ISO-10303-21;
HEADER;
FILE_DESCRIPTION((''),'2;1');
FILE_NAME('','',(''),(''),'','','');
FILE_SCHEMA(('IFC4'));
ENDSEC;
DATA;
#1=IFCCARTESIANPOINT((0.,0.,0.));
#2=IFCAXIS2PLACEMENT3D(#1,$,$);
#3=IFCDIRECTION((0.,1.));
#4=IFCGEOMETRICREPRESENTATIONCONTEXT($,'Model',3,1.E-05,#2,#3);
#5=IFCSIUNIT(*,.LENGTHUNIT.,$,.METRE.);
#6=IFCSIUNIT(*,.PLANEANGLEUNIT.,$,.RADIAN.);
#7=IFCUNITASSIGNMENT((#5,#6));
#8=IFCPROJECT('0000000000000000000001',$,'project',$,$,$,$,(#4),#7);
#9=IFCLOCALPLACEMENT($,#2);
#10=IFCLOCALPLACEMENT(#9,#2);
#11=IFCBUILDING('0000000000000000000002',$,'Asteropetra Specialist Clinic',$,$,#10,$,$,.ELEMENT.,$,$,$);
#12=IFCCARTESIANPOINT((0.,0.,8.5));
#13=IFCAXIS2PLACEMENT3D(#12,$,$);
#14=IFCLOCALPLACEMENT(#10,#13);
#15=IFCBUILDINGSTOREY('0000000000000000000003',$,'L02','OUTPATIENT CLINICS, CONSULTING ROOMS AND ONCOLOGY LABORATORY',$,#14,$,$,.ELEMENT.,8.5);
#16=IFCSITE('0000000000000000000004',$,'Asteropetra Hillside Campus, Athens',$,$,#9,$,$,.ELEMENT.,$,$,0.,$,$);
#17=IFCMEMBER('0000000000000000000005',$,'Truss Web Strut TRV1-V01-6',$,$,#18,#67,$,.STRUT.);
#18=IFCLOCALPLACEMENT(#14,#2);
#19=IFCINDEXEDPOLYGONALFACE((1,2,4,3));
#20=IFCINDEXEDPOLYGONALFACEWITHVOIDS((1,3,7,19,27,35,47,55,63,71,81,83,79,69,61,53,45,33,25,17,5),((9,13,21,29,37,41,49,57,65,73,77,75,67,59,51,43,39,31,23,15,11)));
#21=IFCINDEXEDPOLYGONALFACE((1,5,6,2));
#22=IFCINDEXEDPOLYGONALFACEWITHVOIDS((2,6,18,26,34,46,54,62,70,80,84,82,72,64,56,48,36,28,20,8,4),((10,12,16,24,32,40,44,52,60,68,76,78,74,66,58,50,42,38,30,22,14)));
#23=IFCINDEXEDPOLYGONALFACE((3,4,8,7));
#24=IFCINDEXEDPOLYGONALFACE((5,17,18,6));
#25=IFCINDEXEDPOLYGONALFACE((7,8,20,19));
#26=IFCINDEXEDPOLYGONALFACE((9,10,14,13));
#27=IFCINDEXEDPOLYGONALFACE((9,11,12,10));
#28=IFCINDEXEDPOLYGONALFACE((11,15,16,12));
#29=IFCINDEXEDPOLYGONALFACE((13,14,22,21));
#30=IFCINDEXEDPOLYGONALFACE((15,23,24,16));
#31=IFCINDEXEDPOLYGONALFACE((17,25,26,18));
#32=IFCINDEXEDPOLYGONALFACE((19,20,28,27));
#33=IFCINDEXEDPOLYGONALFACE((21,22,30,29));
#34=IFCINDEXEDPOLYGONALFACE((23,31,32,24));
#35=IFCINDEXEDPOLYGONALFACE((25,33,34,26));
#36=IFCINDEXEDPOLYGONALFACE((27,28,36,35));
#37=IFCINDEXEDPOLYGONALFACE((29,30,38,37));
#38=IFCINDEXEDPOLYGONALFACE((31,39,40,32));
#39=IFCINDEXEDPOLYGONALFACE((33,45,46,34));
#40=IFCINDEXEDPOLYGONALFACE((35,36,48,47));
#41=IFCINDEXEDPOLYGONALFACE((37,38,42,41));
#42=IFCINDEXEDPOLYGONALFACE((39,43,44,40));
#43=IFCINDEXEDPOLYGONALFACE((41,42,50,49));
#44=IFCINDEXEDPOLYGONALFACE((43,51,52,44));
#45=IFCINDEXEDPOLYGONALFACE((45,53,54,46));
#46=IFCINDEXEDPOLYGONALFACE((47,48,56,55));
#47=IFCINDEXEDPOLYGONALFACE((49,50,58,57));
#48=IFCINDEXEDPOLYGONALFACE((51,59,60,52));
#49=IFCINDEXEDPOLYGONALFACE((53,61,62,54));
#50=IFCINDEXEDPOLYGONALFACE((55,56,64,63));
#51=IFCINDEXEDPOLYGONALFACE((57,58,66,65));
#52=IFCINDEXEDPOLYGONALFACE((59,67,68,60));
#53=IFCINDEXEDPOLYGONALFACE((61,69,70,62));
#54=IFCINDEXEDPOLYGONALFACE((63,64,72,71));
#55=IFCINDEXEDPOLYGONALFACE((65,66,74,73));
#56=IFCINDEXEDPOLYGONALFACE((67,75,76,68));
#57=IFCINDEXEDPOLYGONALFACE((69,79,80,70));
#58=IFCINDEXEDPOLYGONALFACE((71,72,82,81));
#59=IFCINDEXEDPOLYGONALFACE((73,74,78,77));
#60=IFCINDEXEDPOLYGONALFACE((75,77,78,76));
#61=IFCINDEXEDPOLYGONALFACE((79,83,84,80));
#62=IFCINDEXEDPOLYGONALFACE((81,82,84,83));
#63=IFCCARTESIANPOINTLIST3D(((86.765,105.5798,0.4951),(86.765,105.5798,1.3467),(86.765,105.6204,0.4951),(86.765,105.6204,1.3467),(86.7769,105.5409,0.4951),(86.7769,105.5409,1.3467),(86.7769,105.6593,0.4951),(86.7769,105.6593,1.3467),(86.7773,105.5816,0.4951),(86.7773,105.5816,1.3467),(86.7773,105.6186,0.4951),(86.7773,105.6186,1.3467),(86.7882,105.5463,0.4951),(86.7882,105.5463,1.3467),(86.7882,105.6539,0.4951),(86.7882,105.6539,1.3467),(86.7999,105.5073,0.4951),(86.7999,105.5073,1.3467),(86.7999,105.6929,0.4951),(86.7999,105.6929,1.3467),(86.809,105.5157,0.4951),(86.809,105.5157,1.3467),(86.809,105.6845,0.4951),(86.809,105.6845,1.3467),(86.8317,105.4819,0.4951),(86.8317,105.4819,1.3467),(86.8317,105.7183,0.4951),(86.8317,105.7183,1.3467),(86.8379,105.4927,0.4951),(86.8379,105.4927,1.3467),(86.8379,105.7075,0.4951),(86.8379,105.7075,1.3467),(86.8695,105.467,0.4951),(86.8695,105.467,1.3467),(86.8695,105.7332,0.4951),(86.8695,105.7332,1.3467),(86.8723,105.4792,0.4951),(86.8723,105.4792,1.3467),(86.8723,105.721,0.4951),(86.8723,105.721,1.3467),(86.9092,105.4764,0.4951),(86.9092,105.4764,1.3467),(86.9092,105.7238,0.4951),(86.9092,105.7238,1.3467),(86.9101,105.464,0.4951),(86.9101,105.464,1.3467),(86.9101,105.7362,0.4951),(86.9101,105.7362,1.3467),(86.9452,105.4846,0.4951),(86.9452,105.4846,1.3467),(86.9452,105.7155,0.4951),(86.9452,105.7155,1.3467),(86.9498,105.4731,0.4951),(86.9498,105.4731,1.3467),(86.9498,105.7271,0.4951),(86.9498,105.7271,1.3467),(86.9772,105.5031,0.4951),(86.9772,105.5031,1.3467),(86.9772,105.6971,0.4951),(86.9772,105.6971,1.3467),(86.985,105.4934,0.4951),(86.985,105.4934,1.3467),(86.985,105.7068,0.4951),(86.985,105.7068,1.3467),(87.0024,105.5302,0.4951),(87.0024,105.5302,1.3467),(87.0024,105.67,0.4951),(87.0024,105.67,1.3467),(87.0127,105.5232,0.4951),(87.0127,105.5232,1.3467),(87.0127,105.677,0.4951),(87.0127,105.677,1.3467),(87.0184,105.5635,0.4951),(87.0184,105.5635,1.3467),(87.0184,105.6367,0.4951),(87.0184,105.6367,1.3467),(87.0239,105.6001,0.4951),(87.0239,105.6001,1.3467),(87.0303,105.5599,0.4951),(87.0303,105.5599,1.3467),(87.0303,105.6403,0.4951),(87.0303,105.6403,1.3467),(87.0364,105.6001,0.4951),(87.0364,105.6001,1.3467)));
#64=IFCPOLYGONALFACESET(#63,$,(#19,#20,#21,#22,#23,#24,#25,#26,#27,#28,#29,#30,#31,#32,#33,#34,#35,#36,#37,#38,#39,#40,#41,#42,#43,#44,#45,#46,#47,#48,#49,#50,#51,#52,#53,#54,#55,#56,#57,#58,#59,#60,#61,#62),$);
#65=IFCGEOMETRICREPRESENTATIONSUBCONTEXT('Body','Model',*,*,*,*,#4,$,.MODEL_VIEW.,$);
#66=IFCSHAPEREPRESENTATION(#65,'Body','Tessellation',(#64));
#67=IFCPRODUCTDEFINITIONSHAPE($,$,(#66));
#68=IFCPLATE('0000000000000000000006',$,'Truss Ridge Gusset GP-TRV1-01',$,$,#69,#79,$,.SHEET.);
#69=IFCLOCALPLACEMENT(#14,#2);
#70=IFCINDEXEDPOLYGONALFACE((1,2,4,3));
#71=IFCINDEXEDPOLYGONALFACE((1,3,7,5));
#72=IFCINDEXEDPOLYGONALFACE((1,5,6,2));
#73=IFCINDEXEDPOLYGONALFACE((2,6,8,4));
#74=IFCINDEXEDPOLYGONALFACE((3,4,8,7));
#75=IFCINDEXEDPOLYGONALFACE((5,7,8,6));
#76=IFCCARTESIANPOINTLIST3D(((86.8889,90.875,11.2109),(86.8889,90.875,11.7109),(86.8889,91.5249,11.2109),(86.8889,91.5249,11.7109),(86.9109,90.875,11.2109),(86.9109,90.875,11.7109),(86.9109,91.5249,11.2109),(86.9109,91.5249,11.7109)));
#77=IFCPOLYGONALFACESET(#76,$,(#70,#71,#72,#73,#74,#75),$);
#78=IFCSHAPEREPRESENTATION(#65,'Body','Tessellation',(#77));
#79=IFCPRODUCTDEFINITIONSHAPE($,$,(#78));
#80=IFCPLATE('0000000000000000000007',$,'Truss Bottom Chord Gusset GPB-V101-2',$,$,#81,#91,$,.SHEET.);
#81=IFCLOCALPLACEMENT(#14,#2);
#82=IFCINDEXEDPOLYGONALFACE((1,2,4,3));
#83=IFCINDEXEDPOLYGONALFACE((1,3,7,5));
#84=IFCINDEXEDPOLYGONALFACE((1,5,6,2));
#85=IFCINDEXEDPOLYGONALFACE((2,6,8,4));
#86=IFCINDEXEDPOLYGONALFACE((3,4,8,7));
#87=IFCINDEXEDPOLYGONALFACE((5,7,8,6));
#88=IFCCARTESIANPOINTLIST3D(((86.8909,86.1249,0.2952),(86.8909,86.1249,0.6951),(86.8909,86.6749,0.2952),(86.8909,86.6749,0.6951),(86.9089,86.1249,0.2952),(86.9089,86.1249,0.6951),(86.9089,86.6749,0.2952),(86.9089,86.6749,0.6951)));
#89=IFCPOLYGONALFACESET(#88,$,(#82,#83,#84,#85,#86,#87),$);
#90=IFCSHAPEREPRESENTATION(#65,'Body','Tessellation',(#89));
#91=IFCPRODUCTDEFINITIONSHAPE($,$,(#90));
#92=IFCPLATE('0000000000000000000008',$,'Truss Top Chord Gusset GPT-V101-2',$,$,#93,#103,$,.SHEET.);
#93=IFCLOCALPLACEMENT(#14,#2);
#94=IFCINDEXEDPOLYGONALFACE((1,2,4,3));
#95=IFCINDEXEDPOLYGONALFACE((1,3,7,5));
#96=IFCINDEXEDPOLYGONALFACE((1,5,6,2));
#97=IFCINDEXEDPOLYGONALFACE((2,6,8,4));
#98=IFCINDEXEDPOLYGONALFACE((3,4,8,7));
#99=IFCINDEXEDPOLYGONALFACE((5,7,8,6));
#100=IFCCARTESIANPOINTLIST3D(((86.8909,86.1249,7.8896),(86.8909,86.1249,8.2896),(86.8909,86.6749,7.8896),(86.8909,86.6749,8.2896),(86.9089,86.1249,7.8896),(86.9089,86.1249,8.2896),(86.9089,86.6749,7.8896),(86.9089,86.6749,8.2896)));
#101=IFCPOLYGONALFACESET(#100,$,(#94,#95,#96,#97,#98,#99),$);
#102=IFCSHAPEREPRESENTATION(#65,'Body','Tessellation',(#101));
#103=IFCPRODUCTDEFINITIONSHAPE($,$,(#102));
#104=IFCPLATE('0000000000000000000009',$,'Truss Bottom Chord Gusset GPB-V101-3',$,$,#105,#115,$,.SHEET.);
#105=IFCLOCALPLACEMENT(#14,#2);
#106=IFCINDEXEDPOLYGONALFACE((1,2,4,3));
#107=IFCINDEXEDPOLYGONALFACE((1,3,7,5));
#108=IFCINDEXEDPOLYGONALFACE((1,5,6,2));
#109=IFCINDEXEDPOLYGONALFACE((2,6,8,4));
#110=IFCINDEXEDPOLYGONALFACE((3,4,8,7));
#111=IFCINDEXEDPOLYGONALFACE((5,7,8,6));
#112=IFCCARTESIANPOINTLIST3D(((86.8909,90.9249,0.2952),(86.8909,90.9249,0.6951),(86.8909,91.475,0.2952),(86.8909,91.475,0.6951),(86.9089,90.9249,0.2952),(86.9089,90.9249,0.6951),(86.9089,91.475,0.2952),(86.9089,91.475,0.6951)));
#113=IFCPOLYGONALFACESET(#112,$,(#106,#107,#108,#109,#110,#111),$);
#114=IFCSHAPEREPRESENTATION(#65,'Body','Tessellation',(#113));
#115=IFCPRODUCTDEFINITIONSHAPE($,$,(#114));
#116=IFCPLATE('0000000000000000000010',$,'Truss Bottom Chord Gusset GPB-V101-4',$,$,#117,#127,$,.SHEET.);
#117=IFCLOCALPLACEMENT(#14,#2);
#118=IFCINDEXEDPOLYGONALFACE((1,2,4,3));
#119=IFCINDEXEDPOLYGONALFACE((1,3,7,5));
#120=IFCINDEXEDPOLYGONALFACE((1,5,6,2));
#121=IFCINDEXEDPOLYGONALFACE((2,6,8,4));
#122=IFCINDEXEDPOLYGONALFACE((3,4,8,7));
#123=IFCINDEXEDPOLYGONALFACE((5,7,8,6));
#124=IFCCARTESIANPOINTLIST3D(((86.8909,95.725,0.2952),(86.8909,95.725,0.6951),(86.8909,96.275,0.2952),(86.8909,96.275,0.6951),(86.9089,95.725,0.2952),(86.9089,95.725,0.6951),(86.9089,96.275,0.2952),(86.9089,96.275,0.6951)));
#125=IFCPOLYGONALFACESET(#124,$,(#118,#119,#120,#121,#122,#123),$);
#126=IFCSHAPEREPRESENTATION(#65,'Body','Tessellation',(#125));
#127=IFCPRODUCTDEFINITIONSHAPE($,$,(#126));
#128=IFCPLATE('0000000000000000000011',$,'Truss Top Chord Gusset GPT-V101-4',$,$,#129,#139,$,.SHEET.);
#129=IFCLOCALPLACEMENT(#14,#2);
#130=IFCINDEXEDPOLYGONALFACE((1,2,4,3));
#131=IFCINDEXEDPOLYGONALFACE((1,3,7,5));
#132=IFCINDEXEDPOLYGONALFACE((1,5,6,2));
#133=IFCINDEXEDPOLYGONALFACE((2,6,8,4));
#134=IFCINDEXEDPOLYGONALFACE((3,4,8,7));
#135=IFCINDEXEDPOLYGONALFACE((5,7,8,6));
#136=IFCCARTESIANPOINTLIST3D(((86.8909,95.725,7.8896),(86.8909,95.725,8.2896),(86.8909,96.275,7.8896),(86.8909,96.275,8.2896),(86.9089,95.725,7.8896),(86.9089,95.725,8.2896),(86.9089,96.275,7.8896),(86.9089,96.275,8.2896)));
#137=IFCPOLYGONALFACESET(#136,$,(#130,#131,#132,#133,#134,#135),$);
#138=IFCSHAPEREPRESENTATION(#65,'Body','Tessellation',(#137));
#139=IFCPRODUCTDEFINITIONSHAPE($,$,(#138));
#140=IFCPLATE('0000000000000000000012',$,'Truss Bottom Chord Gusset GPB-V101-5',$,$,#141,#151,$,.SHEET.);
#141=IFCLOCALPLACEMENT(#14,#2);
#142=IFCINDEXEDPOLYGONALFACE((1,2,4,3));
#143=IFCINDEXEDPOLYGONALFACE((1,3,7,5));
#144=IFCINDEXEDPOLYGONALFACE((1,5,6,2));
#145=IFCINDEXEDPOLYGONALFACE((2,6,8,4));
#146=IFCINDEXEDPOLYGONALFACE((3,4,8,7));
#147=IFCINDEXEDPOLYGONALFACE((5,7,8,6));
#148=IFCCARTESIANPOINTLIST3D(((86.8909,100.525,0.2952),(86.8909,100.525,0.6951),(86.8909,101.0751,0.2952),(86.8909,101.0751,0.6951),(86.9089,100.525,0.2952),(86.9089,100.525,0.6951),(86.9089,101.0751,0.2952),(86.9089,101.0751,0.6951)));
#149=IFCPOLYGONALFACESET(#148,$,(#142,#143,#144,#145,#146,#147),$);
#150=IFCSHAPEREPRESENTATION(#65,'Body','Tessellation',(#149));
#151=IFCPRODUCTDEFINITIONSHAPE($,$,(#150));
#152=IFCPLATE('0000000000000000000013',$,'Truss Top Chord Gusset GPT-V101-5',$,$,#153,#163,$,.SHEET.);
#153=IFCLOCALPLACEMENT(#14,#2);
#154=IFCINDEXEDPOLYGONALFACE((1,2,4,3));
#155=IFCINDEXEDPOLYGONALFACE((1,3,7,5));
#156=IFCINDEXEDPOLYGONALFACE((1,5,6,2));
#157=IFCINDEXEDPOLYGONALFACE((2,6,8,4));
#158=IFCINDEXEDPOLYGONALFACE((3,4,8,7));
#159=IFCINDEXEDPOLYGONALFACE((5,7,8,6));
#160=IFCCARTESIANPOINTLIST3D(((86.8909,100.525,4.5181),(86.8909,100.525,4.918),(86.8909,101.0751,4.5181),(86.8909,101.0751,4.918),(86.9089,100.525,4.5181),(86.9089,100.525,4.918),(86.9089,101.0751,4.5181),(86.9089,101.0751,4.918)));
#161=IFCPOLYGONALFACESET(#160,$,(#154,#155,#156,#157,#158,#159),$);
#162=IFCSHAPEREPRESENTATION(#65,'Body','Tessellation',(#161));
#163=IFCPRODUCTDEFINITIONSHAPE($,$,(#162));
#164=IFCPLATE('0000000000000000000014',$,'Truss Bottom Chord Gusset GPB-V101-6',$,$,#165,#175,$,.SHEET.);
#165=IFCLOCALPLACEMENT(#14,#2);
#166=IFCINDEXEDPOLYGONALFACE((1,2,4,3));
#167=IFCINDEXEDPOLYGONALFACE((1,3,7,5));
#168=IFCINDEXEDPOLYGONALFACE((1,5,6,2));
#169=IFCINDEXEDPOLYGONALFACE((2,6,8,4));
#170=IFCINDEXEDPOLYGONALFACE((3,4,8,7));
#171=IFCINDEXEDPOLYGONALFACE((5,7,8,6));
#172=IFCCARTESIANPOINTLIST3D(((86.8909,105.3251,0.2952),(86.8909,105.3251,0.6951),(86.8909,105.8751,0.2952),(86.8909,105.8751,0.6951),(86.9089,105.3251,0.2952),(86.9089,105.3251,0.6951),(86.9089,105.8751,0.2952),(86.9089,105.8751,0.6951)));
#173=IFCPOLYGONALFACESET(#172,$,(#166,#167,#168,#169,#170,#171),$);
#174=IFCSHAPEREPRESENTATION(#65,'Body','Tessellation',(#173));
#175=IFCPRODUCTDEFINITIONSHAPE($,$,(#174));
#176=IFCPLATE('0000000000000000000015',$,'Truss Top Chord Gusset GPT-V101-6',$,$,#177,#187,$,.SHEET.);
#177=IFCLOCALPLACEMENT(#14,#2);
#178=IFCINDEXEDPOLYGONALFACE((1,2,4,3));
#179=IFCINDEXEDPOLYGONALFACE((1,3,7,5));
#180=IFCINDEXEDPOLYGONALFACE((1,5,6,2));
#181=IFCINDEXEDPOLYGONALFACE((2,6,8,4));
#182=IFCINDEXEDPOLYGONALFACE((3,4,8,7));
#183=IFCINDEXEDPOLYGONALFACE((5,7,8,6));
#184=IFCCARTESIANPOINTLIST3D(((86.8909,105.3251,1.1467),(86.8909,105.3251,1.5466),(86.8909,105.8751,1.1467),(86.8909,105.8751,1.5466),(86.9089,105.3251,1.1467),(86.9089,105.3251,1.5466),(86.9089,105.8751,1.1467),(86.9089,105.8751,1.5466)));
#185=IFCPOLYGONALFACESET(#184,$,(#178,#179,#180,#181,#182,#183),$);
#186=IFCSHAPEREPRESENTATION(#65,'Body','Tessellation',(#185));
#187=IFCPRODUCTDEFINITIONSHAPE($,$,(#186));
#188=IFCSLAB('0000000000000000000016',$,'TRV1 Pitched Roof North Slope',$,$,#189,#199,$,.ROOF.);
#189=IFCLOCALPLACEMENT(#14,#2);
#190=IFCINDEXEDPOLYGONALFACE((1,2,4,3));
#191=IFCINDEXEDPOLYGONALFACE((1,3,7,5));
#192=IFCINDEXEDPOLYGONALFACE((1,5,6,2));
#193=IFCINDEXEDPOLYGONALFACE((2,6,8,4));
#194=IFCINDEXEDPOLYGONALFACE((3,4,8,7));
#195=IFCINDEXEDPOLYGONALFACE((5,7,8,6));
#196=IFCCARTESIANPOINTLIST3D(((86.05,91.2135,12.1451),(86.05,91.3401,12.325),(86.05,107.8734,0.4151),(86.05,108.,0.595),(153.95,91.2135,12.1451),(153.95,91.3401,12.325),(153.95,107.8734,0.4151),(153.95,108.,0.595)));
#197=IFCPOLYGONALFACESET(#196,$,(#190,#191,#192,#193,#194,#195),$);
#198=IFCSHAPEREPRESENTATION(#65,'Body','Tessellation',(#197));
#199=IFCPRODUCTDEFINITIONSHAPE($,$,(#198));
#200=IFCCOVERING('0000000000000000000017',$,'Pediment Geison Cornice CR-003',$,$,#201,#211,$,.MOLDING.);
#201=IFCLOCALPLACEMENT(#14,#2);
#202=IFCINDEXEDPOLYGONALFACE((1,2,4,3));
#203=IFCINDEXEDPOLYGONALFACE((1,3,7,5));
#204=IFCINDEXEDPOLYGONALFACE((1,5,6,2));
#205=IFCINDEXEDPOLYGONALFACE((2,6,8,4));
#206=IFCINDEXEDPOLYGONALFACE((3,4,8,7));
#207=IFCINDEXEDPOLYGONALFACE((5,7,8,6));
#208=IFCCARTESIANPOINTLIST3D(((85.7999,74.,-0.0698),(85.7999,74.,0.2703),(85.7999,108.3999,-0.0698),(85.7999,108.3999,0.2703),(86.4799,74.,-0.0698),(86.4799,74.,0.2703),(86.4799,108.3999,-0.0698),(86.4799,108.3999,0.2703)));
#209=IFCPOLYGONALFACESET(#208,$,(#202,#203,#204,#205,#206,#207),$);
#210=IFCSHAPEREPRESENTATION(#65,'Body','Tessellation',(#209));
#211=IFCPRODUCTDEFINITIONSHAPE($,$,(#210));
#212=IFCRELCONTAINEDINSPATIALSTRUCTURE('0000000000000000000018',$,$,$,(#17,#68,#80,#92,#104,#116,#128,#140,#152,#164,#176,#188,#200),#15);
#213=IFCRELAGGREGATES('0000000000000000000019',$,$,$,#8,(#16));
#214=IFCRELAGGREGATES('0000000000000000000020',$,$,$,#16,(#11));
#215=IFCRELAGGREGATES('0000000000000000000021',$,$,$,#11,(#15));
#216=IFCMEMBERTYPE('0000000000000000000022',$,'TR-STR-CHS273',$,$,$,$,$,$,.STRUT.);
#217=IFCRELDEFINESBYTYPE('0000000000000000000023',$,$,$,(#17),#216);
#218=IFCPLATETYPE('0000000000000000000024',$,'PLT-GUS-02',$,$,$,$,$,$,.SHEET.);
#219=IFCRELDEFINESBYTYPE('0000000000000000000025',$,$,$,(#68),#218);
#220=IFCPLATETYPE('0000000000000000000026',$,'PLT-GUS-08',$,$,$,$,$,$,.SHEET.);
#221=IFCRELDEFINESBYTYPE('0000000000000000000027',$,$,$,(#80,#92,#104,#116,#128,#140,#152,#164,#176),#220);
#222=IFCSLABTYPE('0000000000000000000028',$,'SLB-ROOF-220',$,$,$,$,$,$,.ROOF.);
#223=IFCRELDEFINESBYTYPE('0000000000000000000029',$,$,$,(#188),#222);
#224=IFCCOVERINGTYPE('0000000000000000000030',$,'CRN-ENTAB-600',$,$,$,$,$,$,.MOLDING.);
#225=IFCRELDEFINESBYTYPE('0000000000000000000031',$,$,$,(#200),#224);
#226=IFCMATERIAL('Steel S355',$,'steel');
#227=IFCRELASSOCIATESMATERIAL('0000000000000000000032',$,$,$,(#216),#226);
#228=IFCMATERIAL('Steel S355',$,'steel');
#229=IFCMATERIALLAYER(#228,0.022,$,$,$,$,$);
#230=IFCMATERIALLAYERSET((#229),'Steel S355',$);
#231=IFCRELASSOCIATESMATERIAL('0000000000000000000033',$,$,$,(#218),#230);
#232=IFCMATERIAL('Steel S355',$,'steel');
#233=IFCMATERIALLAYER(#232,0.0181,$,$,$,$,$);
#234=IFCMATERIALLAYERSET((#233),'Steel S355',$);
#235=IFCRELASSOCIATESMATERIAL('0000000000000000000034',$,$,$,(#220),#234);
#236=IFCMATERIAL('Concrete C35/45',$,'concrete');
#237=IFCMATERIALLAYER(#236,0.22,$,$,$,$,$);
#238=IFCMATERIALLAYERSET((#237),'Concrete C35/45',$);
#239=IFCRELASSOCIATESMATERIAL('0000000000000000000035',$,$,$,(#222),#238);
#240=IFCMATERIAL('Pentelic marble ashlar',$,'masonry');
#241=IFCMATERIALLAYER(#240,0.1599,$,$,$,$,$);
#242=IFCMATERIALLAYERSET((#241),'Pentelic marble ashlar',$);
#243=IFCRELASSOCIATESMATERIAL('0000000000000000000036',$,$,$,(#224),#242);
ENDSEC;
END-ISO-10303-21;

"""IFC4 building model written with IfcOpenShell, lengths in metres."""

from ifc_helpers import new_model, si_unit, direction, frame, origin, origin_2d, place, context, subcontext, project, spatial, polyline, rectangle, hollow_circle, outline, extrude, material, layer, layer_set, material_profile, profile_set, type_object, element, save


model = new_model("IFC4")

# Units and contexts
model_context = context("Model", 3, precision=1e-05, world=origin(), true_north=direction((0.0, 1.0)))
body_context = subcontext(model_context, "Body", "Model", "MODEL_VIEW")
ifc_project = project(units=[si_unit("LENGTHUNIT", "METRE"), si_unit("PLANEANGLEUNIT", "RADIAN")], contexts=[model_context])

# Site, building, storey
site_placement = place(None, origin())
site = spatial("IfcSite", under=ifc_project, at=site_placement, Name="Asteropetra Hillside Campus, Athens", CompositionType="ELEMENT", RefElevation=0.0)
building_placement = place(site_placement, origin())
building = spatial("IfcBuilding", under=site, at=building_placement, Name="Asteropetra Specialist Clinic", CompositionType="ELEMENT")
storey_placement = place(building_placement, frame((0.0, 0.0, 8.5)))
storey = spatial("IfcBuildingStorey", under=building, at=storey_placement, Name="L02", Description="OUTPATIENT CLINICS, CONSULTING ROOMS AND ONCOLOGY LABORATORY", CompositionType="ELEMENT", Elevation=8.5)

# Member
ifc_material_1 = material(Name="Steel S355", Category="steel")
ifc_material_profile_1 = material_profile(ifc_material_1, hollow_circle(Radius=0.1365, WallThickness=0.0125, at=origin_2d()), Name="CHS 273.0x12.5")
ifc_profile_set_1 = profile_set([ifc_material_profile_1], Name="Steel S355")
member_type_1 = type_object("IfcMemberType", Name="TR-STR-CHS273", PredefinedType="STRUT", material=ifc_profile_set_1)
member_1_placement = place(storey_placement, frame((86.8999, 105.6001, 0.4951), z_axis=(0.0, 0.0, 1.0), x_axis=(1.0, 0.0, 0.0)))
element("IfcMember", 1, at=member_1_placement, inside=storey, type_object=member_type_1, Name="Truss Web Strut TRV1-V01-6", PredefinedType="STRUT", context=body_context, shape_type="SweptSolid", body=[
    extrude(hollow_circle(Radius=0.1365, WallThickness=0.0125, at=origin_2d()), origin(), (0.0, 0.0, 1.0), 0.8516),
])

# Plates
ifc_material_2 = material(Name="Steel S355", Category="steel")
ifc_layer_1 = layer(ifc_material_2, 0.022)
ifc_layer_set_1 = layer_set([ifc_layer_1], Name="Steel S355")
plate_type_1 = type_object("IfcPlateType", Name="PLT-GUS-02", PredefinedType="SHEET", material=ifc_layer_set_1)
plate_placement = place(storey_placement, frame((86.8999, 91.2, 11.2109), z_axis=(0.0, 0.0, 1.0), x_axis=(1.0, 0.0, 0.0)))
element("IfcPlate", 2, at=plate_placement, inside=storey, type_object=plate_type_1, Name="Truss Ridge Gusset GP-TRV1-01", PredefinedType="SHEET", context=body_context, shape_type="SweptSolid", body=[
    extrude(rectangle(XDim=0.022, YDim=0.6499, at=origin_2d()), origin(), (0.0, 0.0, 1.0), 0.5),
])
ifc_material_3 = material(Name="Steel S355", Category="steel")
ifc_layer_2 = layer(ifc_material_3, 0.0181)
ifc_layer_set_2 = layer_set([ifc_layer_2], Name="Steel S355")
plate_type_2 = type_object("IfcPlateType", Name="PLT-GUS-08", PredefinedType="SHEET", material=ifc_layer_set_2)
for number, where, z_axis, x_axis, name in (
    (3, (86.8999, 86.3999, 0.2952), (0.0, 0.0, 1.0), (1.0, 0.0, 0.0), "Truss Bottom Chord Gusset GPB-V101-2"),
    (4, (86.8999, 86.3999, 7.8896), (0.0, 0.0, 1.0), (1.0, 0.0, 0.0), "Truss Top Chord Gusset GPT-V101-2"),
    (5, (86.8999, 91.2, 0.2952), (0.0, 0.0, 1.0), (1.0, 0.0, 0.0), "Truss Bottom Chord Gusset GPB-V101-3"),
    (6, (86.8999, 96.0, 0.2952), (0.0, 0.0, 1.0), (1.0, 0.0, 0.0), "Truss Bottom Chord Gusset GPB-V101-4"),
    (7, (86.8999, 96.0, 7.8896), (0.0, 0.0, 1.0), (1.0, 0.0, 0.0), "Truss Top Chord Gusset GPT-V101-4"),
    (8, (86.8999, 100.8, 0.2952), (0.0, 0.0, 1.0), (1.0, 0.0, 0.0), "Truss Bottom Chord Gusset GPB-V101-5"),
    (9, (86.8999, 100.8, 4.5181), (0.0, 0.0, 1.0), (1.0, 0.0, 0.0), "Truss Top Chord Gusset GPT-V101-5"),
    (10, (86.8999, 105.6001, 0.2952), (0.0, 0.0, 1.0), (1.0, 0.0, 0.0), "Truss Bottom Chord Gusset GPB-V101-6"),
    (11, (86.8999, 105.6001, 1.1467), (0.0, 0.0, 1.0), (1.0, 0.0, 0.0), "Truss Top Chord Gusset GPT-V101-6"),
):
    element("IfcPlate", number, at=place(storey_placement, frame(where, z_axis=z_axis, x_axis=x_axis)), inside=storey, type_object=plate_type_2, Name=name, PredefinedType="SHEET", context=body_context, shape_type="SweptSolid", body=[
        extrude(rectangle(XDim=0.0181, YDim=0.55, at=origin_2d()), origin(), (0.0, 0.0, 1.0), 0.3999),
    ])

# Slab
ifc_material_4 = material(Name="Concrete C35/45", Category="concrete")
ifc_layer_3 = layer(ifc_material_4, 0.22)
ifc_layer_set_3 = layer_set([ifc_layer_3], Name="Concrete C35/45")
slab_type = type_object("IfcSlabType", Name="SLB-ROOF-220", PredefinedType="ROOF", material=ifc_layer_set_3)
slab_placement = place(storey_placement, frame((86.05, 91.3401, 12.325), z_axis=(0.0, 0.575701, 0.81766), x_axis=(1.0, 0.0, 0.0)))
element("IfcSlab", 12, at=slab_placement, inside=storey, type_object=slab_type, Name="TRV1 Pitched Roof North Slope", PredefinedType="ROOF", context=body_context, shape_type="SweptSolid", body=[
    extrude(outline(polyline([(0.0, 0.0), (67.8999, 0.0), (67.8999, 20.3751), (0.0, 20.3751), (0.0, 0.0)])), origin(), (0.0, 0.0, -1.0), 0.22),
])

# Covering
ifc_material_5 = material(Name="Pentelic marble ashlar", Category="masonry")
ifc_layer_4 = layer(ifc_material_5, 0.1599)
ifc_layer_set_4 = layer_set([ifc_layer_4], Name="Pentelic marble ashlar")
covering_type = type_object("IfcCoveringType", Name="CRN-ENTAB-600", PredefinedType="MOLDING", material=ifc_layer_set_4)
covering_1_placement = place(storey_placement, frame((86.1399, 91.2, -0.0698), z_axis=(0.0, 0.0, 1.0), x_axis=(1.0, 0.0, 0.0)))
element("IfcCovering", 13, at=covering_1_placement, inside=storey, type_object=covering_type, Name="Pediment Geison Cornice CR-003", PredefinedType="MOLDING", context=body_context, shape_type="SweptSolid", body=[
    extrude(rectangle(XDim=0.6799, YDim=34.3999, at=origin_2d()), origin(), (0.0, 0.0, 1.0), 0.3401),
])

save(model, "model.ifc")
